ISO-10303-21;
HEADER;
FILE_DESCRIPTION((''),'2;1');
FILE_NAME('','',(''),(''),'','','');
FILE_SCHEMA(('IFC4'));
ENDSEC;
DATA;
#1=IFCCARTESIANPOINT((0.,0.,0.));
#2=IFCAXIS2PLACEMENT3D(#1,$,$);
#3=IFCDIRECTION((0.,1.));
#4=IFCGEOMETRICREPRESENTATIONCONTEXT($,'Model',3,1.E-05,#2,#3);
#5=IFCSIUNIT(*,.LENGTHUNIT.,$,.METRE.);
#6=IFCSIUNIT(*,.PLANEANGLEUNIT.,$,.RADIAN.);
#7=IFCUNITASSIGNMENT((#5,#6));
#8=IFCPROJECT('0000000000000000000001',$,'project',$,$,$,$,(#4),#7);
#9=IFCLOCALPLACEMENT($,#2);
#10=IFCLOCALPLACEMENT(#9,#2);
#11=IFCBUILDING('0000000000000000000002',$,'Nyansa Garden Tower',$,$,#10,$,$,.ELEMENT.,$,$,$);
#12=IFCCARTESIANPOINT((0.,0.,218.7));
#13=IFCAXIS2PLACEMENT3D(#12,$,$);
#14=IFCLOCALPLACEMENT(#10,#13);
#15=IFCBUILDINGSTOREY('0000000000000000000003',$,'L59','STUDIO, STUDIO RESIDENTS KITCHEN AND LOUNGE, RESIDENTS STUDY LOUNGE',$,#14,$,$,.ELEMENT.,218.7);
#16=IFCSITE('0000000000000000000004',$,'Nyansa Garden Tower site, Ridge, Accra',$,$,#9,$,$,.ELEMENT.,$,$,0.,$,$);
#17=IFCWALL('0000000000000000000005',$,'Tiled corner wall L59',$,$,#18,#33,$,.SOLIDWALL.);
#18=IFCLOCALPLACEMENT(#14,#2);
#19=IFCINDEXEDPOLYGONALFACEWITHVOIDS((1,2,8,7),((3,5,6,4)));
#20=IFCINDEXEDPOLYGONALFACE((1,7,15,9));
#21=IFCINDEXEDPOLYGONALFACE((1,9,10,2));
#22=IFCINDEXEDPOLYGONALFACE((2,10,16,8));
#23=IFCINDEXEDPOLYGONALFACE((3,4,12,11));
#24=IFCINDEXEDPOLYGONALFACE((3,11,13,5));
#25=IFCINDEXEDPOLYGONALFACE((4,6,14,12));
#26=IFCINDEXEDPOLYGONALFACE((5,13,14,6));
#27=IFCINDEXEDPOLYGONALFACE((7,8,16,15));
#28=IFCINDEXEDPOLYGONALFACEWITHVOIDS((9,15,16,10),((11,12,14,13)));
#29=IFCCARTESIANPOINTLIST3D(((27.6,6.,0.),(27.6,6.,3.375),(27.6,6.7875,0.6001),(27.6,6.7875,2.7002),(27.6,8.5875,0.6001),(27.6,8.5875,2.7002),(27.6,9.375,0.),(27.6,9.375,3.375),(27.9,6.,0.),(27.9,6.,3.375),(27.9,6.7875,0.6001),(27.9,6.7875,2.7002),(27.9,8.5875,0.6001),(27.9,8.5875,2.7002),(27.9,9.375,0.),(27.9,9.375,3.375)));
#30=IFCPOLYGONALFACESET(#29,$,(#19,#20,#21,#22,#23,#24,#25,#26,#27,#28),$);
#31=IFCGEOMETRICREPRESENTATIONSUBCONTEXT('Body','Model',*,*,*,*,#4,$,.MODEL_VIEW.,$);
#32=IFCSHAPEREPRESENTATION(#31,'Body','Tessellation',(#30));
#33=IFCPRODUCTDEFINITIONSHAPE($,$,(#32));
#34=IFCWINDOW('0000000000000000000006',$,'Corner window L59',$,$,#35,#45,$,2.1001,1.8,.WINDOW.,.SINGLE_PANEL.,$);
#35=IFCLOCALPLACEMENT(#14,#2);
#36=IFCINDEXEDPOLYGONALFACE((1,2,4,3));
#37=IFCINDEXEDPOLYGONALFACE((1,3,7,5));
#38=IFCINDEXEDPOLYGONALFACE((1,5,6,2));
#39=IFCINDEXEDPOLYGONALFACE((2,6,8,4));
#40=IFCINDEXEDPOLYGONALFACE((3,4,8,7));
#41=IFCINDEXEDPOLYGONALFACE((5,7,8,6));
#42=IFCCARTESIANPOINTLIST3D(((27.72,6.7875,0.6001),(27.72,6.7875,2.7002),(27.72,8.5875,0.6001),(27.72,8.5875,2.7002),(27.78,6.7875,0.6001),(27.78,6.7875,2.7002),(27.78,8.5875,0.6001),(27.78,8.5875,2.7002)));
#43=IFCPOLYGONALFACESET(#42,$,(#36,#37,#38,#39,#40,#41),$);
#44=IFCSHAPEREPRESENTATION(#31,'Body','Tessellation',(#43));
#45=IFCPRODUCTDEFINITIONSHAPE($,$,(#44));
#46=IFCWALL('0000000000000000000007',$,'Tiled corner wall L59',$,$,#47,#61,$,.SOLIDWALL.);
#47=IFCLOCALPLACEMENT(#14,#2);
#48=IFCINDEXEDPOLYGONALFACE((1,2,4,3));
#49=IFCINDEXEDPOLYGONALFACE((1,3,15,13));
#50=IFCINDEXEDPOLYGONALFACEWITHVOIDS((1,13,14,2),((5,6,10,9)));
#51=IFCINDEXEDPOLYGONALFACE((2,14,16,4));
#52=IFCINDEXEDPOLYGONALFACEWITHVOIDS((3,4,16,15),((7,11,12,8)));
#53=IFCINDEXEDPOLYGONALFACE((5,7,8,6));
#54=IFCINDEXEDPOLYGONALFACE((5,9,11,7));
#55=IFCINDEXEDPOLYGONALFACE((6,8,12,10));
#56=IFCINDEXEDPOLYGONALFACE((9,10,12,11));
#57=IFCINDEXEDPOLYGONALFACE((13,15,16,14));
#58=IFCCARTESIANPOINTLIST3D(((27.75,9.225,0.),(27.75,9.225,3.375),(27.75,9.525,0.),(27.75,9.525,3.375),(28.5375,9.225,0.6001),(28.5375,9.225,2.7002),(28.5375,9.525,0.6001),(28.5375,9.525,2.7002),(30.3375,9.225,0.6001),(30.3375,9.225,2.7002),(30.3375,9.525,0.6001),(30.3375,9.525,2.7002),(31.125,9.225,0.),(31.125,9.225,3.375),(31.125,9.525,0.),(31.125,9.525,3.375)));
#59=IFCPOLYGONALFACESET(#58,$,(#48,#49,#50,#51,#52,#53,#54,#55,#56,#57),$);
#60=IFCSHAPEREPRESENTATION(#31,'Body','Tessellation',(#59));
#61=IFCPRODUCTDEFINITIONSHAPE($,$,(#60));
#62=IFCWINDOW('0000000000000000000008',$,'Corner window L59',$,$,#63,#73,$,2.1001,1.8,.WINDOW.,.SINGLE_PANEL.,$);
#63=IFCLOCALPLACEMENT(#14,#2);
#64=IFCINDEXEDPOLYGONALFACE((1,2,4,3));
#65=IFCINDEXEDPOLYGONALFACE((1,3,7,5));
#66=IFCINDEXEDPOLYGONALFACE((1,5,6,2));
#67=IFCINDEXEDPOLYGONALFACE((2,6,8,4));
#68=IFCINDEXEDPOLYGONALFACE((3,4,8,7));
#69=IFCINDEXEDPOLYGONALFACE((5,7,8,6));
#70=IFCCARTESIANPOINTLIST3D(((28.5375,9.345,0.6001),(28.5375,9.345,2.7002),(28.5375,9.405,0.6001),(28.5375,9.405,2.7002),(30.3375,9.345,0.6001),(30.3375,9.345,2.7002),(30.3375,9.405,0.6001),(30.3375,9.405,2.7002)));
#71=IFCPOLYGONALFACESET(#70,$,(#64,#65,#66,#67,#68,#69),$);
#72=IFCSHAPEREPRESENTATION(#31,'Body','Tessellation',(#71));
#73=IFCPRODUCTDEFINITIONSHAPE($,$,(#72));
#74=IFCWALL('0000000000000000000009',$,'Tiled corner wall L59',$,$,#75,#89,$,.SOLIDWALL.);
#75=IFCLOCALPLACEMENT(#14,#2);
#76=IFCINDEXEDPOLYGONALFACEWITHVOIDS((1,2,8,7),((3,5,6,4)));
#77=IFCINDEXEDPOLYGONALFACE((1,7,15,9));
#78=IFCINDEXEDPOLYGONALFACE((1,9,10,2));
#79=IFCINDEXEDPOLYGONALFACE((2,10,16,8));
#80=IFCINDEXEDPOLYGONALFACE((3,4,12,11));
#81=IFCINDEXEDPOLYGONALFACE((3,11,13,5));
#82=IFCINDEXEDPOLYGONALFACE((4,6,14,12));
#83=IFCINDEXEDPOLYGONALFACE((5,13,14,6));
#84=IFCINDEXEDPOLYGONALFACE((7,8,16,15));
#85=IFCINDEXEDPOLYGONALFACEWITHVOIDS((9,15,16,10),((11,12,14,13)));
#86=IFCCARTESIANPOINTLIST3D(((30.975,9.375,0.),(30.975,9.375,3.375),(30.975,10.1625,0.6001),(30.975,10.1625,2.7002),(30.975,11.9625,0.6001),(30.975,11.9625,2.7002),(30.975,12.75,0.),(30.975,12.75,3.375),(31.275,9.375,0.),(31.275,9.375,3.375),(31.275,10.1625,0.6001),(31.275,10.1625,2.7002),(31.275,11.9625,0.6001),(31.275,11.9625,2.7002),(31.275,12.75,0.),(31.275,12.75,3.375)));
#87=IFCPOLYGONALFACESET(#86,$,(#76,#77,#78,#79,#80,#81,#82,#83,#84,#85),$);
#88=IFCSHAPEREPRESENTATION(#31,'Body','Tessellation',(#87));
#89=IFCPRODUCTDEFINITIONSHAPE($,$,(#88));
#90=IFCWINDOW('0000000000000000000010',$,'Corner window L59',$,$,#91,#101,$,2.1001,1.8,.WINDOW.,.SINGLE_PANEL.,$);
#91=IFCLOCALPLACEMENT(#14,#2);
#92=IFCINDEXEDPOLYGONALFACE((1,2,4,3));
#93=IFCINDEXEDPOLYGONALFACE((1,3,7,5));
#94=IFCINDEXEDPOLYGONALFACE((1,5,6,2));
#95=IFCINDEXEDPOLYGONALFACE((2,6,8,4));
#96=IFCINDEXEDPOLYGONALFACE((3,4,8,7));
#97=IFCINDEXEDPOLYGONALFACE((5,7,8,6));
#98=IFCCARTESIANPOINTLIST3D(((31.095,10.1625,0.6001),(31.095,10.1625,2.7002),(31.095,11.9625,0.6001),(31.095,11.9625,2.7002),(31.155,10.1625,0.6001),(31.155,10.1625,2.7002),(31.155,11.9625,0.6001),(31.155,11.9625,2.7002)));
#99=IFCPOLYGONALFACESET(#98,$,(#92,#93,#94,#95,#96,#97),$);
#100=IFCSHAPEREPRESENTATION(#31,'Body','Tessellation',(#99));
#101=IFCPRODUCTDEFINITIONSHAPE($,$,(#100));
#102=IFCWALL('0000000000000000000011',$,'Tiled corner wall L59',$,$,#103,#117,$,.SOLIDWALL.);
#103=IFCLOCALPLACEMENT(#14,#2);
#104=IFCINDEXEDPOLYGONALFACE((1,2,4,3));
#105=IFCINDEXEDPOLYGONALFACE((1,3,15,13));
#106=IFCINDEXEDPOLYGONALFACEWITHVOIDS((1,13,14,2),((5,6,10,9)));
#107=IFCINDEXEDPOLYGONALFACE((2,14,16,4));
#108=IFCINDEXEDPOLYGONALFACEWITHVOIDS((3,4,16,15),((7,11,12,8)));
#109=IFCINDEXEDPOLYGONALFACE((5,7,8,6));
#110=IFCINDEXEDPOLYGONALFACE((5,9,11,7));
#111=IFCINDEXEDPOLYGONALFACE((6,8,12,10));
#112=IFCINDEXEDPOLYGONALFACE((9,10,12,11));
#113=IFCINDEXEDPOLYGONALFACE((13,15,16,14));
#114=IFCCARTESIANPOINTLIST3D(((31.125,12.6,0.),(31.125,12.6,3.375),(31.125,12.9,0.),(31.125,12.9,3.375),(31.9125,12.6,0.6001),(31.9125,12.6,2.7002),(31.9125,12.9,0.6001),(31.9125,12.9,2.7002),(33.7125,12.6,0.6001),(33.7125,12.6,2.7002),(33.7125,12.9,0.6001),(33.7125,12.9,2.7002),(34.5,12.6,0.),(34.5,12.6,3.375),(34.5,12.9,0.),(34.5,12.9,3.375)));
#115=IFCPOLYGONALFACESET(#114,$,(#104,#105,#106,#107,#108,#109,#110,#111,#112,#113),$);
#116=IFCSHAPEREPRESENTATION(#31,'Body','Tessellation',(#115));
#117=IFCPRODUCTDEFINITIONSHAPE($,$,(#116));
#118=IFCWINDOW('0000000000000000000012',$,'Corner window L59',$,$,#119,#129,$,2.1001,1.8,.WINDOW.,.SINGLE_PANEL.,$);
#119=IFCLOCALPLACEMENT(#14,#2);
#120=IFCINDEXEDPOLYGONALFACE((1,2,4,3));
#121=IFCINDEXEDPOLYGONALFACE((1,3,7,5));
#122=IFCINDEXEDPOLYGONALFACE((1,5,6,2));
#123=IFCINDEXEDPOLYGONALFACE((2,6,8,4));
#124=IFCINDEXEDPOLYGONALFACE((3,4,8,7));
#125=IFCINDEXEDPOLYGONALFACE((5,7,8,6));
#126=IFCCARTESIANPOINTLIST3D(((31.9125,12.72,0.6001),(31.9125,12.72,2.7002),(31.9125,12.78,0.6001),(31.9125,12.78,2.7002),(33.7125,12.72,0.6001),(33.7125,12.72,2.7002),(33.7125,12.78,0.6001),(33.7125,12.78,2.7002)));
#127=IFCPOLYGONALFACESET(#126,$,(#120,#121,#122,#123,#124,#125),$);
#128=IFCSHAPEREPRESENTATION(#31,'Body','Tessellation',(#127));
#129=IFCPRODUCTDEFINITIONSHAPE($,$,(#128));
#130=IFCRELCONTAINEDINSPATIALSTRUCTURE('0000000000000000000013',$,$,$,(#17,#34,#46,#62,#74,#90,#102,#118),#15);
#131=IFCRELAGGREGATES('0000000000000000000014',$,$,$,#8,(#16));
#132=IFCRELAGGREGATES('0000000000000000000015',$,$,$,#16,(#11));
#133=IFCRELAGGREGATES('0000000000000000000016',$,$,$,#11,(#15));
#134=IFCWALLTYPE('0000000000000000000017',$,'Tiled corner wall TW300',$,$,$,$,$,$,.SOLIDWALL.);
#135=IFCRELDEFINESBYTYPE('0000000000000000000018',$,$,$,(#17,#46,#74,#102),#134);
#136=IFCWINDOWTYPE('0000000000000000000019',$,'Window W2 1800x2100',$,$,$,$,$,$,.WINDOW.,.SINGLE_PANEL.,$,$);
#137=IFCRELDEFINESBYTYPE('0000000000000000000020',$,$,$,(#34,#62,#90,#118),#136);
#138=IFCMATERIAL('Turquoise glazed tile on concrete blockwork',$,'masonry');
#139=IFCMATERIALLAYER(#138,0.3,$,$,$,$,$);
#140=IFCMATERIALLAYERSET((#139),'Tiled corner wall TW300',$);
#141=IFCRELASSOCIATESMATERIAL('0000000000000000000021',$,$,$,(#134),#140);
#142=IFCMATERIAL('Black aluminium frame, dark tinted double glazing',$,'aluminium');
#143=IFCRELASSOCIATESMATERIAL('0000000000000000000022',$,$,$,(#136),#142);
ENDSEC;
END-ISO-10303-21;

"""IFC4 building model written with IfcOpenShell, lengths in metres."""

from ifc_helpers import new_model, si_unit, direction, frame, frame_2d, origin, place, context, subcontext, project, spatial, rectangle, extrude, material, layer, layer_set, type_object, element, fill, save


model = new_model("IFC4")

# Units and contexts
model_context = context("Model", 3, precision=1e-05, world=origin(), true_north=direction((0.0, 1.0)))
body_context = subcontext(model_context, "Body", "Model", "MODEL_VIEW")
ifc_project = project(units=[si_unit("LENGTHUNIT", "METRE"), si_unit("PLANEANGLEUNIT", "RADIAN")], contexts=[model_context])

# Site, building, storey
site_placement = place(None, origin())
site = spatial("IfcSite", under=ifc_project, at=site_placement, Name="Nyansa Garden Tower site, Ridge, Accra", CompositionType="ELEMENT", RefElevation=0.0)
building_placement = place(site_placement, origin())
building = spatial("IfcBuilding", under=site, at=building_placement, Name="Nyansa Garden Tower", CompositionType="ELEMENT")
storey_placement = place(building_placement, frame((0.0, 0.0, 218.7)))
storey = spatial("IfcBuildingStorey", under=building, at=storey_placement, Name="L59", Description="STUDIO, STUDIO RESIDENTS KITCHEN AND LOUNGE, RESIDENTS STUDY LOUNGE", CompositionType="ELEMENT", Elevation=218.7)

# Walls, openings, windows
ifc_material_1 = material(Name="Turquoise glazed tile on concrete blockwork", Category="masonry")
ifc_layer_1 = layer(ifc_material_1, 0.3)
ifc_layer_set_1 = layer_set([ifc_layer_1], Name="Tiled corner wall TW300")
wall_type_1 = type_object("IfcWallType", Name="Tiled corner wall TW300", PredefinedType="SOLIDWALL", material=ifc_layer_set_1)
wall_1_placement = place(storey_placement, frame((27.75, 6.0, 0.0), z_axis=(0.0, 0.0, 1.0), x_axis=(0.0, 1.0, 0.0)))
wall_1 = element("IfcWall", 1, at=wall_1_placement, inside=storey, type_object=wall_type_1, Name="Tiled corner wall L59", PredefinedType="SOLIDWALL", context=body_context, shape_type="SweptSolid", body=[
    extrude(rectangle(XDim=3.375, YDim=0.3, at=frame_2d((1.6875, 0.0))), origin(), (0.0, 0.0, 1.0), 3.375),
])
opening_1_placement = place(wall_1_placement, frame((0.7876, 0.0, 0.6001)))
opening_1 = element("IfcOpeningElement", 2, at=opening_1_placement, cuts=wall_1, PredefinedType="OPENING", context=body_context, shape_type="SweptSolid", body=[
    extrude(rectangle(XDim=1.8, YDim=2.1001, at=frame_2d((0.8999, 1.05))), frame((0.0, 0.1599, 0.0), z_axis=(0.0, -1.0, 0.0), x_axis=(1.0, 0.0, 0.0)), (0.0, 0.0, 1.0), 0.3201),
])
ifc_material_2 = material(Name="Black aluminium frame, dark tinted double glazing", Category="aluminium")
window_type = type_object("IfcWindowType", Name="Window W2 1800x2100", PartitioningType="SINGLE_PANEL", PredefinedType="WINDOW", material=ifc_material_2)
window_1_placement = place(opening_1_placement, origin())
window_1 = element("IfcWindow", 3, at=window_1_placement, inside=storey, type_object=window_type, Name="Corner window L59", OverallHeight=2.1001, OverallWidth=1.8, PartitioningType="SINGLE_PANEL", PredefinedType="WINDOW", context=body_context, shape_type="SweptSolid", body=[
    extrude(rectangle(XDim=1.8, YDim=2.1001, at=frame_2d((0.8999, 1.05))), frame((0.0, 0.03, 0.0), z_axis=(0.0, -1.0, 0.0), x_axis=(1.0, 0.0, 0.0)), (0.0, 0.0, 1.0), 0.0601),
])
fill(opening_1, window_1)
wall_2_placement = place(storey_placement, frame((27.75, 9.375, 0.0), z_axis=(0.0, 0.0, 1.0), x_axis=(1.0, 0.0, 0.0)))
wall_2 = element("IfcWall", 4, at=wall_2_placement, inside=storey, type_object=wall_type_1, Name="Tiled corner wall L59", PredefinedType="SOLIDWALL", context=body_context, shape_type="SweptSolid", body=[
    extrude(rectangle(XDim=3.375, YDim=0.3, at=frame_2d((1.6875, 0.0))), origin(), (0.0, 0.0, 1.0), 3.375),
])
opening_2_placement = place(wall_2_placement, frame((0.7876, 0.0, 0.6001)))
opening_2 = element("IfcOpeningElement", 5, at=opening_2_placement, cuts=wall_2, PredefinedType="OPENING", context=body_context, shape_type="SweptSolid", body=[
    extrude(rectangle(XDim=1.8, YDim=2.1001, at=frame_2d((0.8999, 1.05))), frame((0.0, 0.1599, 0.0), z_axis=(0.0, -1.0, 0.0), x_axis=(1.0, 0.0, 0.0)), (0.0, 0.0, 1.0), 0.3201),
])
window_2_placement = place(opening_2_placement, origin())
window_2 = element("IfcWindow", 6, at=window_2_placement, inside=storey, type_object=window_type, Name="Corner window L59", OverallHeight=2.1001, OverallWidth=1.8, PartitioningType="SINGLE_PANEL", PredefinedType="WINDOW", context=body_context, shape_type="SweptSolid", body=[
    extrude(rectangle(XDim=1.8, YDim=2.1001, at=frame_2d((0.8999, 1.05))), frame((0.0, 0.03, 0.0), z_axis=(0.0, -1.0, 0.0), x_axis=(1.0, 0.0, 0.0)), (0.0, 0.0, 1.0), 0.0601),
])
fill(opening_2, window_2)
wall_3_placement = place(storey_placement, frame((31.125, 9.375, 0.0), z_axis=(0.0, 0.0, 1.0), x_axis=(0.0, 1.0, 0.0)))
wall_3 = element("IfcWall", 7, at=wall_3_placement, inside=storey, type_object=wall_type_1, Name="Tiled corner wall L59", PredefinedType="SOLIDWALL", context=body_context, shape_type="SweptSolid", body=[
    extrude(rectangle(XDim=3.375, YDim=0.3, at=frame_2d((1.6875, 0.0))), origin(), (0.0, 0.0, 1.0), 3.375),
])
opening_3_placement = place(wall_3_placement, frame((0.7876, 0.0, 0.6001)))
opening_3 = element("IfcOpeningElement", 8, at=opening_3_placement, cuts=wall_3, PredefinedType="OPENING", context=body_context, shape_type="SweptSolid", body=[
    extrude(rectangle(XDim=1.8, YDim=2.1001, at=frame_2d((0.8999, 1.05))), frame((0.0, 0.1599, 0.0), z_axis=(0.0, -1.0, 0.0), x_axis=(1.0, 0.0, 0.0)), (0.0, 0.0, 1.0), 0.3201),
])
window_3_placement = place(opening_3_placement, origin())
window_3 = element("IfcWindow", 9, at=window_3_placement, inside=storey, type_object=window_type, Name="Corner window L59", OverallHeight=2.1001, OverallWidth=1.8, PartitioningType="SINGLE_PANEL", PredefinedType="WINDOW", context=body_context, shape_type="SweptSolid", body=[
    extrude(rectangle(XDim=1.8, YDim=2.1001, at=frame_2d((0.8999, 1.05))), frame((0.0, 0.03, 0.0), z_axis=(0.0, -1.0, 0.0), x_axis=(1.0, 0.0, 0.0)), (0.0, 0.0, 1.0), 0.0601),
])
fill(opening_3, window_3)
wall_4_placement = place(storey_placement, frame((31.125, 12.75, 0.0), z_axis=(0.0, 0.0, 1.0), x_axis=(1.0, 0.0, 0.0)))
wall_4 = element("IfcWall", 10, at=wall_4_placement, inside=storey, type_object=wall_type_1, Name="Tiled corner wall L59", PredefinedType="SOLIDWALL", context=body_context, shape_type="SweptSolid", body=[
    extrude(rectangle(XDim=3.375, YDim=0.3, at=frame_2d((1.6875, 0.0))), origin(), (0.0, 0.0, 1.0), 3.375),
])
opening_4_placement = place(wall_4_placement, frame((0.7876, 0.0, 0.6001)))
opening_4 = element("IfcOpeningElement", 11, at=opening_4_placement, cuts=wall_4, PredefinedType="OPENING", context=body_context, shape_type="SweptSolid", body=[
    extrude(rectangle(XDim=1.8, YDim=2.1001, at=frame_2d((0.8999, 1.05))), frame((0.0, 0.1599, 0.0), z_axis=(0.0, -1.0, 0.0), x_axis=(1.0, 0.0, 0.0)), (0.0, 0.0, 1.0), 0.3201),
])
window_4_placement = place(opening_4_placement, origin())
window_4 = element("IfcWindow", 12, at=window_4_placement, inside=storey, type_object=window_type, Name="Corner window L59", OverallHeight=2.1001, OverallWidth=1.8, PartitioningType="SINGLE_PANEL", PredefinedType="WINDOW", context=body_context, shape_type="SweptSolid", body=[
    extrude(rectangle(XDim=1.8, YDim=2.1001, at=frame_2d((0.8999, 1.05))), frame((0.0, 0.03, 0.0), z_axis=(0.0, -1.0, 0.0), x_axis=(1.0, 0.0, 0.0)), (0.0, 0.0, 1.0), 0.0601),
])
fill(opening_4, window_4)

save(model, "model.ifc")
